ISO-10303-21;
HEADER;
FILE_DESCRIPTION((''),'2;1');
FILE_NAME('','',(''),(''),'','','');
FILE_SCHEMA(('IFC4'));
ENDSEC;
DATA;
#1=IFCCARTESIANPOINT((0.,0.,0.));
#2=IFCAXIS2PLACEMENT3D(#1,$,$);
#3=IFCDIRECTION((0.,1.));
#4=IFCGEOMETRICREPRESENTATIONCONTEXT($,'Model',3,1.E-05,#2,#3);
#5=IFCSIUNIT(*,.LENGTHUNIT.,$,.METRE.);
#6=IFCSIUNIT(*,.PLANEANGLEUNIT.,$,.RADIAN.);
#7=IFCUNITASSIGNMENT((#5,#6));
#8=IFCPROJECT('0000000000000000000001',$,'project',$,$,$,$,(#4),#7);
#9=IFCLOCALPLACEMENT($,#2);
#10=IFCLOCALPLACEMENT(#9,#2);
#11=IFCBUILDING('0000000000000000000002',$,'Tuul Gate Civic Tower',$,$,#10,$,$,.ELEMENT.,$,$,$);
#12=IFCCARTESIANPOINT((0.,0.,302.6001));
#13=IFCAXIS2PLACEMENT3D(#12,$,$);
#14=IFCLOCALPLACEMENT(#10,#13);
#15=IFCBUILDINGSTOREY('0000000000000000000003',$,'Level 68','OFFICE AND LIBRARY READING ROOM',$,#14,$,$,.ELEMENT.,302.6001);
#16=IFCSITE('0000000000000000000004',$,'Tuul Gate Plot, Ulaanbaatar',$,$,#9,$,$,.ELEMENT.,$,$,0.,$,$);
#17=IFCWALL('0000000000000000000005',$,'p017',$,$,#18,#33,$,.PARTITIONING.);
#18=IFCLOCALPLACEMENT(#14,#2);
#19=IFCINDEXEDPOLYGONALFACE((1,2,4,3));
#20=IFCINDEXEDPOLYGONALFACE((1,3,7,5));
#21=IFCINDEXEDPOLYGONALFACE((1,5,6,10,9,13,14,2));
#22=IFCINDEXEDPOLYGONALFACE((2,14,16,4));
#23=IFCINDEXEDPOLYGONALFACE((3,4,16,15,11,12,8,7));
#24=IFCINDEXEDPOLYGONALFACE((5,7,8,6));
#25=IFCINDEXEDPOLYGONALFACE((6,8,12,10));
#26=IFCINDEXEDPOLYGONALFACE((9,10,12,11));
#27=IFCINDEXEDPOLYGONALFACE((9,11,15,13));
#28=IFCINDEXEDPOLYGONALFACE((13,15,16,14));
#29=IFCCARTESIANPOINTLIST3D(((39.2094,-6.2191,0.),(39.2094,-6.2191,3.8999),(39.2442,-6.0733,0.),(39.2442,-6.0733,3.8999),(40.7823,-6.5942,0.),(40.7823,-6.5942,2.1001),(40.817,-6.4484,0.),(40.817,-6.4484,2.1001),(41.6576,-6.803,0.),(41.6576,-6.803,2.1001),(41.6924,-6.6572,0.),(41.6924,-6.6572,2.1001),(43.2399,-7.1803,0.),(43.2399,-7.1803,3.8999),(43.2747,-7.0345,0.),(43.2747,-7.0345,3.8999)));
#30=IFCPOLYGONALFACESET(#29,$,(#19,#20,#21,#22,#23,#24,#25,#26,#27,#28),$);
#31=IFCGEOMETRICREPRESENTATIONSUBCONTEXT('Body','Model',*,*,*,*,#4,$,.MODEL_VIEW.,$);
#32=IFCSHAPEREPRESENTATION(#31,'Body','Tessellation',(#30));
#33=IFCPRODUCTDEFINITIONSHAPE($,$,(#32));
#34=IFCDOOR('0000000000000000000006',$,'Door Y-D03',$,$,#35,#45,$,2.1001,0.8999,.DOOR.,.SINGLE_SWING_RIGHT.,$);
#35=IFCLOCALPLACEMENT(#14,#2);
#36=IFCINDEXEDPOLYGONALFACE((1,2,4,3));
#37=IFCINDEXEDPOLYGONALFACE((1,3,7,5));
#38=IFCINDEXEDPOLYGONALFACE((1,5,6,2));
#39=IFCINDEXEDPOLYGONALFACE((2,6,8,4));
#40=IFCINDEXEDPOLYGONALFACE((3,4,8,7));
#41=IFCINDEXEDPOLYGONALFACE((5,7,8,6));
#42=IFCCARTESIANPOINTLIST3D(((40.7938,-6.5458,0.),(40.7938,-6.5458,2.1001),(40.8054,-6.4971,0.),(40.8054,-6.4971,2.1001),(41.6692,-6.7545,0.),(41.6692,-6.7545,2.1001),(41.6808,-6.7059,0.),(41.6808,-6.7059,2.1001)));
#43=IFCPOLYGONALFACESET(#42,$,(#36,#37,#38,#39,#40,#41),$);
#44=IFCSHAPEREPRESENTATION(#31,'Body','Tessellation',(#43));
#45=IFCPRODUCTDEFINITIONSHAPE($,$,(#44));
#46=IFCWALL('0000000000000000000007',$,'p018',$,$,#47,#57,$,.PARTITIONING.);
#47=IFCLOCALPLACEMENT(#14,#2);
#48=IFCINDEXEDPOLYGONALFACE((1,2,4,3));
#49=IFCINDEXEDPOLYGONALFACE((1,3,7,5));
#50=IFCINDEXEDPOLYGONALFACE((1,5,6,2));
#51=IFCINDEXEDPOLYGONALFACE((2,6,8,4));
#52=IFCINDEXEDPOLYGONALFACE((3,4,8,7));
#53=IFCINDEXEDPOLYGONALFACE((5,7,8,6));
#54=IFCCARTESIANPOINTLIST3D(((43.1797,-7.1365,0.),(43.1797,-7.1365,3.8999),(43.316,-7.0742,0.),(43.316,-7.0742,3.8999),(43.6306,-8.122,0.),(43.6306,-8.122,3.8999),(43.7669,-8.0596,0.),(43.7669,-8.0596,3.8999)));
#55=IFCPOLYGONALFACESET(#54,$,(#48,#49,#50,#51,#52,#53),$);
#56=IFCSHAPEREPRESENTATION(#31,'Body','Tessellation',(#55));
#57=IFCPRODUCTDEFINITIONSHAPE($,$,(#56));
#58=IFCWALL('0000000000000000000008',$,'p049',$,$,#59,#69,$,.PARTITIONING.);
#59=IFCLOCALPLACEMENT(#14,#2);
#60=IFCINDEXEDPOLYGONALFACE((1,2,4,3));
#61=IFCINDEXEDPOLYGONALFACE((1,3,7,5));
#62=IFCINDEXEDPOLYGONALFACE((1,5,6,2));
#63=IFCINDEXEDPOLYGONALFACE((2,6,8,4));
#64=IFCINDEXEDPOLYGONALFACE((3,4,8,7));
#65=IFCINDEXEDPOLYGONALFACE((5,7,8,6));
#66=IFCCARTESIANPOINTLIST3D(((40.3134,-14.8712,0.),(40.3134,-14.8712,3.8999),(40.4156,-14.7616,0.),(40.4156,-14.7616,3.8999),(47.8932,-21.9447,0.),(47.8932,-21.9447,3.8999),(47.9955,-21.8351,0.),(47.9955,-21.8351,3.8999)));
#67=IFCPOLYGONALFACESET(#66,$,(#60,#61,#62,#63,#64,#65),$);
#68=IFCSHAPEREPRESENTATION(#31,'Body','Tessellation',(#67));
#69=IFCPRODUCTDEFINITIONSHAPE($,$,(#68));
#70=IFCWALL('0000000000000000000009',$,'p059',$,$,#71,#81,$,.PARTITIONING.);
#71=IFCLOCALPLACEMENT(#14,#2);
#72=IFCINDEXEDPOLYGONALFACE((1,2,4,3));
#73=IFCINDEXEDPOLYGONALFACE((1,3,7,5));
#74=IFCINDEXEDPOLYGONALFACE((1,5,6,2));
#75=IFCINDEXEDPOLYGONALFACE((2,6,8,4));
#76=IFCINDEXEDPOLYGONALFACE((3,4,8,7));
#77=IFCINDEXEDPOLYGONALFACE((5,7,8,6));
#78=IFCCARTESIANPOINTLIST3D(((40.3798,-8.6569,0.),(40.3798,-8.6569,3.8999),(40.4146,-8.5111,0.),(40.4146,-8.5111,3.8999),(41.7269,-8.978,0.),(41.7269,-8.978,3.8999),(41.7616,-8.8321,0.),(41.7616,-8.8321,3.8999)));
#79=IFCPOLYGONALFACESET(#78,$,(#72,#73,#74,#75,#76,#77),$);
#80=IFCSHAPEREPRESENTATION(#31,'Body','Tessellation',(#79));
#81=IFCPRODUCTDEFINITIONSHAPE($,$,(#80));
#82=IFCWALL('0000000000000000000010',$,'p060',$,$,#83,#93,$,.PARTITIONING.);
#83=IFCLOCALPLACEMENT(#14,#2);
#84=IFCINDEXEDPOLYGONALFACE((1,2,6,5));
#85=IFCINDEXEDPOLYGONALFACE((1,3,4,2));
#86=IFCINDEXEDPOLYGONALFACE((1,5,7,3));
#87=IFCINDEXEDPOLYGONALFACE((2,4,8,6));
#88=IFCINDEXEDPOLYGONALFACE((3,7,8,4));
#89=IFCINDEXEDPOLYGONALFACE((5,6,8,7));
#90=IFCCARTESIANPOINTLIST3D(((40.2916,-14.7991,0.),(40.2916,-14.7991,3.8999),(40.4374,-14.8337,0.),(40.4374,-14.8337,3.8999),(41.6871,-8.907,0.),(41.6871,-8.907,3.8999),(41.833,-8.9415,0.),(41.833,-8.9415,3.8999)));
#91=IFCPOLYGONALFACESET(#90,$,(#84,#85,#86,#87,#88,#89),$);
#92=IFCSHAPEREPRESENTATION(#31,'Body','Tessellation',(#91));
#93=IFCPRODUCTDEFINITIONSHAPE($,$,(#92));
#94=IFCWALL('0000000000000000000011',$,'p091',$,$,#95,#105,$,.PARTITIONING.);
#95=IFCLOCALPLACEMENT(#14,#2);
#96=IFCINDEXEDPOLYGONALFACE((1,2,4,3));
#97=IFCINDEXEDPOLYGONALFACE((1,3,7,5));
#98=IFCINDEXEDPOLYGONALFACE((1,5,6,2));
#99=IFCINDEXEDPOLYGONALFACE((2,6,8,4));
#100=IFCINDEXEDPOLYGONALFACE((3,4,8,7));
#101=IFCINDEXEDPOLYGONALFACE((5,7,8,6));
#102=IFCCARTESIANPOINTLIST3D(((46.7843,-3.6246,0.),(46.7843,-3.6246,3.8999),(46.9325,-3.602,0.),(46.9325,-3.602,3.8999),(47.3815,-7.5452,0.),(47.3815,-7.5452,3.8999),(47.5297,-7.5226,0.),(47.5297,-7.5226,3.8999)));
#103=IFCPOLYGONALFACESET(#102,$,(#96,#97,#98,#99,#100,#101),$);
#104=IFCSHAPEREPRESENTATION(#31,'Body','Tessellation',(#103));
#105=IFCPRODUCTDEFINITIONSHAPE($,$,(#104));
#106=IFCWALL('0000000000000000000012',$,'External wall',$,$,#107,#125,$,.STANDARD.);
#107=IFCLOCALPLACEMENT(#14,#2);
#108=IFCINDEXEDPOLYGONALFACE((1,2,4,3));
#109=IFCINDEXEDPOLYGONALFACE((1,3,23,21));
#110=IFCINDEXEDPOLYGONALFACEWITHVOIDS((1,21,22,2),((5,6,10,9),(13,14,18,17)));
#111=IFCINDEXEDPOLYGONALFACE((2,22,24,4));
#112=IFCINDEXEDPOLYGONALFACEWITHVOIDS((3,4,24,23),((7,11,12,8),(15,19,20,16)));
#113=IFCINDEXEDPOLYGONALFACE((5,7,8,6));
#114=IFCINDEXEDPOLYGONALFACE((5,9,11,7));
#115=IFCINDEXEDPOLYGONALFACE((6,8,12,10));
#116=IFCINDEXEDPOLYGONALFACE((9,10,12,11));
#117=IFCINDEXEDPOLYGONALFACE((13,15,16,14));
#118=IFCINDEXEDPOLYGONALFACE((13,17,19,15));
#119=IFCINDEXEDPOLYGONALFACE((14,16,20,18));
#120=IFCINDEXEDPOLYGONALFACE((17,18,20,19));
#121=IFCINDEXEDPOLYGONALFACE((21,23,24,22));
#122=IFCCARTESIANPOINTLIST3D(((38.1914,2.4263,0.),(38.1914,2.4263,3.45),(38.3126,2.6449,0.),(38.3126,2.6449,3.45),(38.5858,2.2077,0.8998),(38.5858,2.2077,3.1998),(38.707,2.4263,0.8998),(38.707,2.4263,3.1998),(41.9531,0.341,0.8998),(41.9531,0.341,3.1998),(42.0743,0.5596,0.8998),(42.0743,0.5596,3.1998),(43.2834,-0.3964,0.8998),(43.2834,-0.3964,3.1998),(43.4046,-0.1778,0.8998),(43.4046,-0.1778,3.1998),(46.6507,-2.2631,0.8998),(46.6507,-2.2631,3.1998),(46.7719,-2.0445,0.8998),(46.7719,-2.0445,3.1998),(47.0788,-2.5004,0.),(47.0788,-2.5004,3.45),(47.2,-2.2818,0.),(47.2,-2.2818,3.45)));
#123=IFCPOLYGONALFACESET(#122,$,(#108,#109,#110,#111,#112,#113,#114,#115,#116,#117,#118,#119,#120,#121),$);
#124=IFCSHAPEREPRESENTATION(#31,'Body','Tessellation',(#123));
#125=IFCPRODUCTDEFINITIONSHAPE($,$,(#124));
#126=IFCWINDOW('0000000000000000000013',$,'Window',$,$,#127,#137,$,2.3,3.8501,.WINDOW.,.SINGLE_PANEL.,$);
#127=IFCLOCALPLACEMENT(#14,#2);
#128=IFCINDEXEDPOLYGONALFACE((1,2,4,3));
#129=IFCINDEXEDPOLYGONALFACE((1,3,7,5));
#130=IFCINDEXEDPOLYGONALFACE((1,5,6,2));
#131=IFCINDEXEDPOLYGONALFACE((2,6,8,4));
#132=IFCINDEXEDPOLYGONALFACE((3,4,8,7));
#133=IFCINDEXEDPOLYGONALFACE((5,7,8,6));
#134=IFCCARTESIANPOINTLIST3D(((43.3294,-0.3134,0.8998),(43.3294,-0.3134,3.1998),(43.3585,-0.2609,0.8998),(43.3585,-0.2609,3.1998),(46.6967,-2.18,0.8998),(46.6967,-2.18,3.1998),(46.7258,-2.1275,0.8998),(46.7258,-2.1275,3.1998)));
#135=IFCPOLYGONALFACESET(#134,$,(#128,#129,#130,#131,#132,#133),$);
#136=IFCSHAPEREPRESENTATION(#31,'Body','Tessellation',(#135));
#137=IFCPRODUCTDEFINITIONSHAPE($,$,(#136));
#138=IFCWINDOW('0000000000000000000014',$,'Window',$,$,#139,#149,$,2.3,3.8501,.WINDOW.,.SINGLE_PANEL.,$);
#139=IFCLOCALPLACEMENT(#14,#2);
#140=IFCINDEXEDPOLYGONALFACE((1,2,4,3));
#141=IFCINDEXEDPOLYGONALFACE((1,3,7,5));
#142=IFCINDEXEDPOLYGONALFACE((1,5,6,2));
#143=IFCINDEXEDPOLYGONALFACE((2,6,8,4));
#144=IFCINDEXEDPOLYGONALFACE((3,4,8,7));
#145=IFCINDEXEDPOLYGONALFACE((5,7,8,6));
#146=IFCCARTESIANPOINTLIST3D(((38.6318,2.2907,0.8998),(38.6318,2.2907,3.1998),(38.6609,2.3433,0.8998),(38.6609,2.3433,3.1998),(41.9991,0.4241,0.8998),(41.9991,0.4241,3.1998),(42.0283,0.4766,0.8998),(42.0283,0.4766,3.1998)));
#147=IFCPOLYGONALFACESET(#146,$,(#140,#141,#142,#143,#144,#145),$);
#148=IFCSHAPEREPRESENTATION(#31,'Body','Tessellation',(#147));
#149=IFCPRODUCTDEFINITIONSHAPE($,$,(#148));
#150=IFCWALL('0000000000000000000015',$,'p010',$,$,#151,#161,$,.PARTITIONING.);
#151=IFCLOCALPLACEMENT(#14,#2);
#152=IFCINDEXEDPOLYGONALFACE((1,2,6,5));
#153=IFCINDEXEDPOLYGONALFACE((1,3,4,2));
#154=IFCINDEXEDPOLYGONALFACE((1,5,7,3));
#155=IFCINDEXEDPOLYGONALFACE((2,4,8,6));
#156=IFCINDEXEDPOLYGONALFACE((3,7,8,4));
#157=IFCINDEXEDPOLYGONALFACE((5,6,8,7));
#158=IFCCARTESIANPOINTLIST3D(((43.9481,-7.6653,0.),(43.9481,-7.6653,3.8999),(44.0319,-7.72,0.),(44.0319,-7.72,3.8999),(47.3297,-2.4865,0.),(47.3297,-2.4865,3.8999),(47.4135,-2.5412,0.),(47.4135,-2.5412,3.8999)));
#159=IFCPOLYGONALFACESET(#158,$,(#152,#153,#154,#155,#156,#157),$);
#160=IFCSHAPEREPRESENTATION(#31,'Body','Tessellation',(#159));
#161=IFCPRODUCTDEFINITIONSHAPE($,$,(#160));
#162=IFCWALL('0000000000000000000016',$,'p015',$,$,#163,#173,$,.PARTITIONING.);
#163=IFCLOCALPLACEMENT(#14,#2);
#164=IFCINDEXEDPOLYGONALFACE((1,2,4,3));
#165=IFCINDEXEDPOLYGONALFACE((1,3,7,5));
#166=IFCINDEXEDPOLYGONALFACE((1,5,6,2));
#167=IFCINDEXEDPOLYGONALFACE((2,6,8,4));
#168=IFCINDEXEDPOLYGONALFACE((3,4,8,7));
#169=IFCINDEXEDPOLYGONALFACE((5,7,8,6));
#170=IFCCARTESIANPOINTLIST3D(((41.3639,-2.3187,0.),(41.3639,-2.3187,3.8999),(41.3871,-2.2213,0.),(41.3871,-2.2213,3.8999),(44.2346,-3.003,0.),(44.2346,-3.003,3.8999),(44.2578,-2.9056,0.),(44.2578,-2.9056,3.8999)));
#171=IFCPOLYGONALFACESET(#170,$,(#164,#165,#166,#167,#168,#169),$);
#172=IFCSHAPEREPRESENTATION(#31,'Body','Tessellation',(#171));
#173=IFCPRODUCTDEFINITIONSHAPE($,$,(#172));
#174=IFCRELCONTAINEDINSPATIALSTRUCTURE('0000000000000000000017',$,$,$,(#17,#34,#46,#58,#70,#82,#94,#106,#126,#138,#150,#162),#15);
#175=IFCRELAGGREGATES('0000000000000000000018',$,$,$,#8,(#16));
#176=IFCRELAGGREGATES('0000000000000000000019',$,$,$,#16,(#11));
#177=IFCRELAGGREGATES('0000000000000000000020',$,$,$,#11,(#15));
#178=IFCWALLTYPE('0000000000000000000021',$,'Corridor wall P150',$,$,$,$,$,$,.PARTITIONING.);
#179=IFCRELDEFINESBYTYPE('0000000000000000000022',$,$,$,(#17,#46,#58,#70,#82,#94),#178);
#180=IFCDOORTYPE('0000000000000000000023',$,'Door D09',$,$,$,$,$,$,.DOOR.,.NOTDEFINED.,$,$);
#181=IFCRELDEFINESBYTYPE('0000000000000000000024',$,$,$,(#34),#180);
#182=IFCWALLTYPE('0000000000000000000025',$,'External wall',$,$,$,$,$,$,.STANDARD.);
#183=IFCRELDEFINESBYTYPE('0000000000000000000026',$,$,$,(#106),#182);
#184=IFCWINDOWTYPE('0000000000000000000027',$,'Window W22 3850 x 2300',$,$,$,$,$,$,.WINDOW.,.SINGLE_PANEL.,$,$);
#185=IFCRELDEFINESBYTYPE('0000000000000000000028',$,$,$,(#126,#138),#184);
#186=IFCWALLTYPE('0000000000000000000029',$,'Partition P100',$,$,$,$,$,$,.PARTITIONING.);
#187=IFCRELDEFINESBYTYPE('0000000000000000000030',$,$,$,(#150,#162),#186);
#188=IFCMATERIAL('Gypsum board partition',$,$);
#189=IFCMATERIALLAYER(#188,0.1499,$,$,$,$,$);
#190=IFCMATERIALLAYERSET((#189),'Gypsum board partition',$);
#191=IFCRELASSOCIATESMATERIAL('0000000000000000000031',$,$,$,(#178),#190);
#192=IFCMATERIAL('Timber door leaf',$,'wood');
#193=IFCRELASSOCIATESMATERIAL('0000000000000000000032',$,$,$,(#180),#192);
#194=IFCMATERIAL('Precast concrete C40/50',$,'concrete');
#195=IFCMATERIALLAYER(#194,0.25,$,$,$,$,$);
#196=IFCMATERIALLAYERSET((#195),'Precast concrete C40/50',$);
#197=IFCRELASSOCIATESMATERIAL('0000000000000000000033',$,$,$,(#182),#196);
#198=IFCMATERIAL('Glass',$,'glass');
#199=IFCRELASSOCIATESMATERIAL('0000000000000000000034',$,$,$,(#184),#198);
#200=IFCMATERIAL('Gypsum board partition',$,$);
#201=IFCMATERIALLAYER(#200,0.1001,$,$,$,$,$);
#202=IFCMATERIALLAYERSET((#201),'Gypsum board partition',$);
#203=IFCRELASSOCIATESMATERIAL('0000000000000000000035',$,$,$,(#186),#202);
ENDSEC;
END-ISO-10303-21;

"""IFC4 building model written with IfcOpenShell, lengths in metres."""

from ifc_helpers import new_model, si_unit, direction, frame, frame_2d, origin, place, context, subcontext, project, spatial, rectangle, extrude, material, layer, layer_set, type_object, element, fill, save


model = new_model("IFC4")

# Units and contexts
model_context = context("Model", 3, precision=1e-05, world=origin(), true_north=direction((0.0, 1.0)))
body_context = subcontext(model_context, "Body", "Model", "MODEL_VIEW")
ifc_project = project(units=[si_unit("LENGTHUNIT", "METRE"), si_unit("PLANEANGLEUNIT", "RADIAN")], contexts=[model_context])

# Site, building, storey
site_placement = place(None, origin())
site = spatial("IfcSite", under=ifc_project, at=site_placement, Name="Tuul Gate Plot, Ulaanbaatar", CompositionType="ELEMENT", RefElevation=0.0)
building_placement = place(site_placement, origin())
building = spatial("IfcBuilding", under=site, at=building_placement, Name="Tuul Gate Civic Tower", CompositionType="ELEMENT")
storey_placement = place(building_placement, frame((0.0, 0.0, 302.6001)))
storey = spatial("IfcBuildingStorey", under=building, at=storey_placement, Name="Level 68", Description="OFFICE AND LIBRARY READING ROOM", CompositionType="ELEMENT", Elevation=302.6001)

# Shared definitions
ifc_material_1 = material(Name="Gypsum board partition")
ifc_layer_1 = layer(ifc_material_1, 0.1499)
ifc_layer_set_1 = layer_set([ifc_layer_1], Name="Gypsum board partition")
wall_type_1 = type_object("IfcWallType", Name="Corridor wall P150", PredefinedType="PARTITIONING", material=ifc_layer_set_1)

# Wall, opening, door
ifc_material_2 = material(Name="Timber door leaf", Category="wood")
door_type_1 = type_object("IfcDoorType", Name="Door D09", OperationType="NOTDEFINED", PredefinedType="DOOR", material=ifc_material_2)
wall_1_placement = place(storey_placement, frame((39.2268, -6.1462, 0.0), z_axis=(0.0, 0.0, 1.0), x_axis=(0.972723, -0.231971, 0.0)))
wall_1 = element("IfcWall", 1, at=wall_1_placement, inside=storey, type_object=wall_type_1, Name="p017", PredefinedType="PARTITIONING", context=body_context, shape_type="SweptSolid", body=[
    extrude(rectangle(XDim=4.1436, YDim=0.1499, at=frame_2d((2.0718, 0.0))), origin(), (0.0, 0.0, 1.0), 3.8999),
])
opening_1_placement = place(wall_1_placement, frame((1.6169, 0.0, 0.0)))
opening_1 = element("IfcOpeningElement", 2, at=opening_1_placement, cuts=wall_1, PredefinedType="OPENING", context=body_context, shape_type="SweptSolid", body=[
    extrude(rectangle(XDim=0.8999, YDim=2.1001, at=frame_2d((0.45, 1.05))), frame((0.0, 0.085, 0.0), z_axis=(0.0, -1.0, 0.0), x_axis=(1.0, 0.0, 0.0)), (0.0, 0.0, 1.0), 0.1699),
])
door_1_placement = place(opening_1_placement, origin())
door_1 = element("IfcDoor", 3, at=door_1_placement, inside=storey, type_object=door_type_1, Name="Door Y-D03", OperationType="SINGLE_SWING_RIGHT", OverallHeight=2.1001, OverallWidth=0.8999, PredefinedType="DOOR", context=body_context, shape_type="SweptSolid", body=[
    extrude(rectangle(XDim=0.8999, YDim=2.1001, at=frame_2d((0.45, 1.05))), frame((0.0, 0.0249, 0.0), z_axis=(0.0, -1.0, 0.0), x_axis=(1.0, 0.0, 0.0)), (0.0, 0.0, 1.0), 0.05),
])
fill(opening_1, door_1)

# Walls
wall_2_placement = place(storey_placement, frame((43.2478, -7.1052, 0.0), z_axis=(0.0, 0.0, 1.0), x_axis=(0.416042, -0.909345, 0.0)))
element("IfcWall", 4, at=wall_2_placement, inside=storey, type_object=wall_type_1, Name="p018", PredefinedType="PARTITIONING", context=body_context, shape_type="SweptSolid", body=[
    extrude(rectangle(XDim=1.0837, YDim=0.1499, at=frame_2d((0.542, 0.0))), origin(), (0.0, 0.0, 1.0), 3.8999),
])
wall_3_placement = place(storey_placement, frame((40.3645, -14.8164, 0.0), z_axis=(0.0, 0.0, 1.0), x_axis=(0.731105, -0.682265, 0.0)))
element("IfcWall", 5, at=wall_3_placement, inside=storey, type_object=wall_type_1, Name="p049", PredefinedType="PARTITIONING", context=body_context, shape_type="SweptSolid", body=[
    extrude(rectangle(XDim=10.3677, YDim=0.1499, at=frame_2d((5.1838, 0.0))), origin(), (0.0, 0.0, 1.0), 3.8999),
])
wall_4_placement = place(storey_placement, frame((40.3972, -8.584, 0.0), z_axis=(0.0, 0.0, 1.0), x_axis=(0.972749, -0.231859, 0.0)))
element("IfcWall", 6, at=wall_4_placement, inside=storey, type_object=wall_type_1, Name="p059", PredefinedType="PARTITIONING", context=body_context, shape_type="SweptSolid", body=[
    extrude(rectangle(XDim=1.3848, YDim=0.1499, at=frame_2d((0.6924, 0.0))), origin(), (0.0, 0.0, 1.0), 3.8999),
])
wall_5_placement = place(storey_placement, frame((40.3645, -14.8164, 0.0), z_axis=(0.0, 0.0, 1.0), x_axis=(0.230468, 0.97308, 0.0)))
element("IfcWall", 7, at=wall_5_placement, inside=storey, type_object=wall_type_1, Name="p060", PredefinedType="PARTITIONING", context=body_context, shape_type="SweptSolid", body=[
    extrude(rectangle(XDim=6.0552, YDim=0.1499, at=frame_2d((3.0276, 0.0))), origin(), (0.0, 0.0, 1.0), 3.8999),
])
wall_6_placement = place(storey_placement, frame((46.8584, -3.6133, 0.0), z_axis=(0.0, 0.0, 1.0), x_axis=(0.150577, -0.988598, 0.0)))
element("IfcWall", 8, at=wall_6_placement, inside=storey, type_object=wall_type_1, Name="p091", PredefinedType="PARTITIONING", context=body_context, shape_type="SweptSolid", body=[
    extrude(rectangle(XDim=3.9658, YDim=0.1499, at=frame_2d((1.9829, 0.0))), origin(), (0.0, 0.0, 1.0), 3.8999),
])

# Wall, openings, windows
ifc_material_3 = material(Name="Precast concrete C40/50", Category="concrete")
ifc_layer_2 = layer(ifc_material_3, 0.25)
ifc_layer_set_2 = layer_set([ifc_layer_2], Name="Precast concrete C40/50")
wall_type_2 = type_object("IfcWallType", Name="External wall", PredefinedType="STANDARD", material=ifc_layer_set_2)
wall_7_placement = place(storey_placement, frame((47.1394, -2.3911, 0.0), z_axis=(0.0, 0.0, 1.0), x_axis=(-0.874605, 0.484837, 0.0)))
wall_7 = element("IfcWall", 9, at=wall_7_placement, inside=storey, type_object=wall_type_2, Name="External wall", PredefinedType="STANDARD", context=body_context, shape_type="SweptSolid", body=[
    extrude(rectangle(XDim=10.1616, YDim=0.25, at=frame_2d((5.0808, 0.0))), origin(), (0.0, 0.0, 1.0), 3.45),
])
opening_2_placement = place(wall_7_placement, frame((0.4895, 0.0, 0.8999)))
opening_2 = element("IfcOpeningElement", 10, at=opening_2_placement, cuts=wall_7, PredefinedType="OPENING", context=body_context, shape_type="SweptSolid", body=[
    extrude(rectangle(XDim=3.8501, YDim=2.3, at=frame_2d((1.925, 1.1499))), frame((0.0, 0.135, 0.0), z_axis=(0.0, -1.0, 0.0), x_axis=(1.0, 0.0, 0.0)), (0.0, 0.0, 1.0), 0.27),
])
opening_3_placement = place(wall_7_placement, frame((5.8606, 0.0, 0.8999)))
opening_3 = element("IfcOpeningElement", 11, at=opening_3_placement, cuts=wall_7, PredefinedType="OPENING", context=body_context, shape_type="SweptSolid", body=[
    extrude(rectangle(XDim=3.8501, YDim=2.3, at=frame_2d((1.925, 1.1499))), frame((0.0, 0.135, 0.0), z_axis=(0.0, -1.0, 0.0), x_axis=(1.0, 0.0, 0.0)), (0.0, 0.0, 1.0), 0.27),
])
ifc_material_4 = material(Name="Glass", Category="glass")
window_type = type_object("IfcWindowType", Name="Window W22 3850 x 2300", PartitioningType="SINGLE_PANEL", PredefinedType="WINDOW", material=ifc_material_4)
window_1_placement = place(opening_2_placement, origin())
window_1 = element("IfcWindow", 12, at=window_1_placement, inside=storey, type_object=window_type, Name="Window", OverallHeight=2.3, OverallWidth=3.8501, PartitioningType="SINGLE_PANEL", PredefinedType="WINDOW", context=body_context, shape_type="SweptSolid", body=[
    extrude(rectangle(XDim=3.8501, YDim=2.3, at=frame_2d((1.925, 1.1499))), frame((0.0, 0.03, 0.0), z_axis=(0.0, -1.0, 0.0), x_axis=(1.0, 0.0, 0.0)), (0.0, 0.0, 1.0), 0.0601),
])
fill(opening_2, window_1)
window_2_placement = place(opening_3_placement, origin())
window_2 = element("IfcWindow", 13, at=window_2_placement, inside=storey, type_object=window_type, Name="Window", OverallHeight=2.3, OverallWidth=3.8501, PartitioningType="SINGLE_PANEL", PredefinedType="WINDOW", context=body_context, shape_type="SweptSolid", body=[
    extrude(rectangle(XDim=3.8501, YDim=2.3, at=frame_2d((1.925, 1.1499))), frame((0.0, 0.03, 0.0), z_axis=(0.0, -1.0, 0.0), x_axis=(1.0, 0.0, 0.0)), (0.0, 0.0, 1.0), 0.0601),
])
fill(opening_3, window_2)

# Walls
ifc_material_5 = material(Name="Gypsum board partition")
ifc_layer_3 = layer(ifc_material_5, 0.1001)
ifc_layer_set_3 = layer_set([ifc_layer_3], Name="Gypsum board partition")
wall_type_3 = type_object("IfcWallType", Name="Partition P100", PredefinedType="PARTITIONING", material=ifc_layer_set_3)
wall_8_placement = place(storey_placement, frame((43.99, -7.6926, 0.0), z_axis=(0.0, 0.0, 1.0), x_axis=(0.546741, 0.837302, 0.0)))
element("IfcWall", 14, at=wall_8_placement, inside=storey, type_object=wall_type_3, Name="p010", PredefinedType="PARTITIONING", context=body_context, shape_type="SweptSolid", body=[
    extrude(rectangle(XDim=6.1851, YDim=0.1001, at=frame_2d((3.0925, 0.0))), origin(), (0.0, 0.0, 1.0), 3.8999),
])
wall_9_placement = place(storey_placement, frame((41.3755, -2.27, 0.0), z_axis=(0.0, 0.0, 1.0), x_axis=(0.972746, -0.231874, 0.0)))
element("IfcWall", 15, at=wall_9_placement, inside=storey, type_object=wall_type_3, Name="p015", PredefinedType="PARTITIONING", context=body_context, shape_type="SweptSolid", body=[
    extrude(rectangle(XDim=2.9512, YDim=0.1001, at=frame_2d((1.4756, 0.0))), origin(), (0.0, 0.0, 1.0), 3.8999),
])

save(model, "model.ifc")
